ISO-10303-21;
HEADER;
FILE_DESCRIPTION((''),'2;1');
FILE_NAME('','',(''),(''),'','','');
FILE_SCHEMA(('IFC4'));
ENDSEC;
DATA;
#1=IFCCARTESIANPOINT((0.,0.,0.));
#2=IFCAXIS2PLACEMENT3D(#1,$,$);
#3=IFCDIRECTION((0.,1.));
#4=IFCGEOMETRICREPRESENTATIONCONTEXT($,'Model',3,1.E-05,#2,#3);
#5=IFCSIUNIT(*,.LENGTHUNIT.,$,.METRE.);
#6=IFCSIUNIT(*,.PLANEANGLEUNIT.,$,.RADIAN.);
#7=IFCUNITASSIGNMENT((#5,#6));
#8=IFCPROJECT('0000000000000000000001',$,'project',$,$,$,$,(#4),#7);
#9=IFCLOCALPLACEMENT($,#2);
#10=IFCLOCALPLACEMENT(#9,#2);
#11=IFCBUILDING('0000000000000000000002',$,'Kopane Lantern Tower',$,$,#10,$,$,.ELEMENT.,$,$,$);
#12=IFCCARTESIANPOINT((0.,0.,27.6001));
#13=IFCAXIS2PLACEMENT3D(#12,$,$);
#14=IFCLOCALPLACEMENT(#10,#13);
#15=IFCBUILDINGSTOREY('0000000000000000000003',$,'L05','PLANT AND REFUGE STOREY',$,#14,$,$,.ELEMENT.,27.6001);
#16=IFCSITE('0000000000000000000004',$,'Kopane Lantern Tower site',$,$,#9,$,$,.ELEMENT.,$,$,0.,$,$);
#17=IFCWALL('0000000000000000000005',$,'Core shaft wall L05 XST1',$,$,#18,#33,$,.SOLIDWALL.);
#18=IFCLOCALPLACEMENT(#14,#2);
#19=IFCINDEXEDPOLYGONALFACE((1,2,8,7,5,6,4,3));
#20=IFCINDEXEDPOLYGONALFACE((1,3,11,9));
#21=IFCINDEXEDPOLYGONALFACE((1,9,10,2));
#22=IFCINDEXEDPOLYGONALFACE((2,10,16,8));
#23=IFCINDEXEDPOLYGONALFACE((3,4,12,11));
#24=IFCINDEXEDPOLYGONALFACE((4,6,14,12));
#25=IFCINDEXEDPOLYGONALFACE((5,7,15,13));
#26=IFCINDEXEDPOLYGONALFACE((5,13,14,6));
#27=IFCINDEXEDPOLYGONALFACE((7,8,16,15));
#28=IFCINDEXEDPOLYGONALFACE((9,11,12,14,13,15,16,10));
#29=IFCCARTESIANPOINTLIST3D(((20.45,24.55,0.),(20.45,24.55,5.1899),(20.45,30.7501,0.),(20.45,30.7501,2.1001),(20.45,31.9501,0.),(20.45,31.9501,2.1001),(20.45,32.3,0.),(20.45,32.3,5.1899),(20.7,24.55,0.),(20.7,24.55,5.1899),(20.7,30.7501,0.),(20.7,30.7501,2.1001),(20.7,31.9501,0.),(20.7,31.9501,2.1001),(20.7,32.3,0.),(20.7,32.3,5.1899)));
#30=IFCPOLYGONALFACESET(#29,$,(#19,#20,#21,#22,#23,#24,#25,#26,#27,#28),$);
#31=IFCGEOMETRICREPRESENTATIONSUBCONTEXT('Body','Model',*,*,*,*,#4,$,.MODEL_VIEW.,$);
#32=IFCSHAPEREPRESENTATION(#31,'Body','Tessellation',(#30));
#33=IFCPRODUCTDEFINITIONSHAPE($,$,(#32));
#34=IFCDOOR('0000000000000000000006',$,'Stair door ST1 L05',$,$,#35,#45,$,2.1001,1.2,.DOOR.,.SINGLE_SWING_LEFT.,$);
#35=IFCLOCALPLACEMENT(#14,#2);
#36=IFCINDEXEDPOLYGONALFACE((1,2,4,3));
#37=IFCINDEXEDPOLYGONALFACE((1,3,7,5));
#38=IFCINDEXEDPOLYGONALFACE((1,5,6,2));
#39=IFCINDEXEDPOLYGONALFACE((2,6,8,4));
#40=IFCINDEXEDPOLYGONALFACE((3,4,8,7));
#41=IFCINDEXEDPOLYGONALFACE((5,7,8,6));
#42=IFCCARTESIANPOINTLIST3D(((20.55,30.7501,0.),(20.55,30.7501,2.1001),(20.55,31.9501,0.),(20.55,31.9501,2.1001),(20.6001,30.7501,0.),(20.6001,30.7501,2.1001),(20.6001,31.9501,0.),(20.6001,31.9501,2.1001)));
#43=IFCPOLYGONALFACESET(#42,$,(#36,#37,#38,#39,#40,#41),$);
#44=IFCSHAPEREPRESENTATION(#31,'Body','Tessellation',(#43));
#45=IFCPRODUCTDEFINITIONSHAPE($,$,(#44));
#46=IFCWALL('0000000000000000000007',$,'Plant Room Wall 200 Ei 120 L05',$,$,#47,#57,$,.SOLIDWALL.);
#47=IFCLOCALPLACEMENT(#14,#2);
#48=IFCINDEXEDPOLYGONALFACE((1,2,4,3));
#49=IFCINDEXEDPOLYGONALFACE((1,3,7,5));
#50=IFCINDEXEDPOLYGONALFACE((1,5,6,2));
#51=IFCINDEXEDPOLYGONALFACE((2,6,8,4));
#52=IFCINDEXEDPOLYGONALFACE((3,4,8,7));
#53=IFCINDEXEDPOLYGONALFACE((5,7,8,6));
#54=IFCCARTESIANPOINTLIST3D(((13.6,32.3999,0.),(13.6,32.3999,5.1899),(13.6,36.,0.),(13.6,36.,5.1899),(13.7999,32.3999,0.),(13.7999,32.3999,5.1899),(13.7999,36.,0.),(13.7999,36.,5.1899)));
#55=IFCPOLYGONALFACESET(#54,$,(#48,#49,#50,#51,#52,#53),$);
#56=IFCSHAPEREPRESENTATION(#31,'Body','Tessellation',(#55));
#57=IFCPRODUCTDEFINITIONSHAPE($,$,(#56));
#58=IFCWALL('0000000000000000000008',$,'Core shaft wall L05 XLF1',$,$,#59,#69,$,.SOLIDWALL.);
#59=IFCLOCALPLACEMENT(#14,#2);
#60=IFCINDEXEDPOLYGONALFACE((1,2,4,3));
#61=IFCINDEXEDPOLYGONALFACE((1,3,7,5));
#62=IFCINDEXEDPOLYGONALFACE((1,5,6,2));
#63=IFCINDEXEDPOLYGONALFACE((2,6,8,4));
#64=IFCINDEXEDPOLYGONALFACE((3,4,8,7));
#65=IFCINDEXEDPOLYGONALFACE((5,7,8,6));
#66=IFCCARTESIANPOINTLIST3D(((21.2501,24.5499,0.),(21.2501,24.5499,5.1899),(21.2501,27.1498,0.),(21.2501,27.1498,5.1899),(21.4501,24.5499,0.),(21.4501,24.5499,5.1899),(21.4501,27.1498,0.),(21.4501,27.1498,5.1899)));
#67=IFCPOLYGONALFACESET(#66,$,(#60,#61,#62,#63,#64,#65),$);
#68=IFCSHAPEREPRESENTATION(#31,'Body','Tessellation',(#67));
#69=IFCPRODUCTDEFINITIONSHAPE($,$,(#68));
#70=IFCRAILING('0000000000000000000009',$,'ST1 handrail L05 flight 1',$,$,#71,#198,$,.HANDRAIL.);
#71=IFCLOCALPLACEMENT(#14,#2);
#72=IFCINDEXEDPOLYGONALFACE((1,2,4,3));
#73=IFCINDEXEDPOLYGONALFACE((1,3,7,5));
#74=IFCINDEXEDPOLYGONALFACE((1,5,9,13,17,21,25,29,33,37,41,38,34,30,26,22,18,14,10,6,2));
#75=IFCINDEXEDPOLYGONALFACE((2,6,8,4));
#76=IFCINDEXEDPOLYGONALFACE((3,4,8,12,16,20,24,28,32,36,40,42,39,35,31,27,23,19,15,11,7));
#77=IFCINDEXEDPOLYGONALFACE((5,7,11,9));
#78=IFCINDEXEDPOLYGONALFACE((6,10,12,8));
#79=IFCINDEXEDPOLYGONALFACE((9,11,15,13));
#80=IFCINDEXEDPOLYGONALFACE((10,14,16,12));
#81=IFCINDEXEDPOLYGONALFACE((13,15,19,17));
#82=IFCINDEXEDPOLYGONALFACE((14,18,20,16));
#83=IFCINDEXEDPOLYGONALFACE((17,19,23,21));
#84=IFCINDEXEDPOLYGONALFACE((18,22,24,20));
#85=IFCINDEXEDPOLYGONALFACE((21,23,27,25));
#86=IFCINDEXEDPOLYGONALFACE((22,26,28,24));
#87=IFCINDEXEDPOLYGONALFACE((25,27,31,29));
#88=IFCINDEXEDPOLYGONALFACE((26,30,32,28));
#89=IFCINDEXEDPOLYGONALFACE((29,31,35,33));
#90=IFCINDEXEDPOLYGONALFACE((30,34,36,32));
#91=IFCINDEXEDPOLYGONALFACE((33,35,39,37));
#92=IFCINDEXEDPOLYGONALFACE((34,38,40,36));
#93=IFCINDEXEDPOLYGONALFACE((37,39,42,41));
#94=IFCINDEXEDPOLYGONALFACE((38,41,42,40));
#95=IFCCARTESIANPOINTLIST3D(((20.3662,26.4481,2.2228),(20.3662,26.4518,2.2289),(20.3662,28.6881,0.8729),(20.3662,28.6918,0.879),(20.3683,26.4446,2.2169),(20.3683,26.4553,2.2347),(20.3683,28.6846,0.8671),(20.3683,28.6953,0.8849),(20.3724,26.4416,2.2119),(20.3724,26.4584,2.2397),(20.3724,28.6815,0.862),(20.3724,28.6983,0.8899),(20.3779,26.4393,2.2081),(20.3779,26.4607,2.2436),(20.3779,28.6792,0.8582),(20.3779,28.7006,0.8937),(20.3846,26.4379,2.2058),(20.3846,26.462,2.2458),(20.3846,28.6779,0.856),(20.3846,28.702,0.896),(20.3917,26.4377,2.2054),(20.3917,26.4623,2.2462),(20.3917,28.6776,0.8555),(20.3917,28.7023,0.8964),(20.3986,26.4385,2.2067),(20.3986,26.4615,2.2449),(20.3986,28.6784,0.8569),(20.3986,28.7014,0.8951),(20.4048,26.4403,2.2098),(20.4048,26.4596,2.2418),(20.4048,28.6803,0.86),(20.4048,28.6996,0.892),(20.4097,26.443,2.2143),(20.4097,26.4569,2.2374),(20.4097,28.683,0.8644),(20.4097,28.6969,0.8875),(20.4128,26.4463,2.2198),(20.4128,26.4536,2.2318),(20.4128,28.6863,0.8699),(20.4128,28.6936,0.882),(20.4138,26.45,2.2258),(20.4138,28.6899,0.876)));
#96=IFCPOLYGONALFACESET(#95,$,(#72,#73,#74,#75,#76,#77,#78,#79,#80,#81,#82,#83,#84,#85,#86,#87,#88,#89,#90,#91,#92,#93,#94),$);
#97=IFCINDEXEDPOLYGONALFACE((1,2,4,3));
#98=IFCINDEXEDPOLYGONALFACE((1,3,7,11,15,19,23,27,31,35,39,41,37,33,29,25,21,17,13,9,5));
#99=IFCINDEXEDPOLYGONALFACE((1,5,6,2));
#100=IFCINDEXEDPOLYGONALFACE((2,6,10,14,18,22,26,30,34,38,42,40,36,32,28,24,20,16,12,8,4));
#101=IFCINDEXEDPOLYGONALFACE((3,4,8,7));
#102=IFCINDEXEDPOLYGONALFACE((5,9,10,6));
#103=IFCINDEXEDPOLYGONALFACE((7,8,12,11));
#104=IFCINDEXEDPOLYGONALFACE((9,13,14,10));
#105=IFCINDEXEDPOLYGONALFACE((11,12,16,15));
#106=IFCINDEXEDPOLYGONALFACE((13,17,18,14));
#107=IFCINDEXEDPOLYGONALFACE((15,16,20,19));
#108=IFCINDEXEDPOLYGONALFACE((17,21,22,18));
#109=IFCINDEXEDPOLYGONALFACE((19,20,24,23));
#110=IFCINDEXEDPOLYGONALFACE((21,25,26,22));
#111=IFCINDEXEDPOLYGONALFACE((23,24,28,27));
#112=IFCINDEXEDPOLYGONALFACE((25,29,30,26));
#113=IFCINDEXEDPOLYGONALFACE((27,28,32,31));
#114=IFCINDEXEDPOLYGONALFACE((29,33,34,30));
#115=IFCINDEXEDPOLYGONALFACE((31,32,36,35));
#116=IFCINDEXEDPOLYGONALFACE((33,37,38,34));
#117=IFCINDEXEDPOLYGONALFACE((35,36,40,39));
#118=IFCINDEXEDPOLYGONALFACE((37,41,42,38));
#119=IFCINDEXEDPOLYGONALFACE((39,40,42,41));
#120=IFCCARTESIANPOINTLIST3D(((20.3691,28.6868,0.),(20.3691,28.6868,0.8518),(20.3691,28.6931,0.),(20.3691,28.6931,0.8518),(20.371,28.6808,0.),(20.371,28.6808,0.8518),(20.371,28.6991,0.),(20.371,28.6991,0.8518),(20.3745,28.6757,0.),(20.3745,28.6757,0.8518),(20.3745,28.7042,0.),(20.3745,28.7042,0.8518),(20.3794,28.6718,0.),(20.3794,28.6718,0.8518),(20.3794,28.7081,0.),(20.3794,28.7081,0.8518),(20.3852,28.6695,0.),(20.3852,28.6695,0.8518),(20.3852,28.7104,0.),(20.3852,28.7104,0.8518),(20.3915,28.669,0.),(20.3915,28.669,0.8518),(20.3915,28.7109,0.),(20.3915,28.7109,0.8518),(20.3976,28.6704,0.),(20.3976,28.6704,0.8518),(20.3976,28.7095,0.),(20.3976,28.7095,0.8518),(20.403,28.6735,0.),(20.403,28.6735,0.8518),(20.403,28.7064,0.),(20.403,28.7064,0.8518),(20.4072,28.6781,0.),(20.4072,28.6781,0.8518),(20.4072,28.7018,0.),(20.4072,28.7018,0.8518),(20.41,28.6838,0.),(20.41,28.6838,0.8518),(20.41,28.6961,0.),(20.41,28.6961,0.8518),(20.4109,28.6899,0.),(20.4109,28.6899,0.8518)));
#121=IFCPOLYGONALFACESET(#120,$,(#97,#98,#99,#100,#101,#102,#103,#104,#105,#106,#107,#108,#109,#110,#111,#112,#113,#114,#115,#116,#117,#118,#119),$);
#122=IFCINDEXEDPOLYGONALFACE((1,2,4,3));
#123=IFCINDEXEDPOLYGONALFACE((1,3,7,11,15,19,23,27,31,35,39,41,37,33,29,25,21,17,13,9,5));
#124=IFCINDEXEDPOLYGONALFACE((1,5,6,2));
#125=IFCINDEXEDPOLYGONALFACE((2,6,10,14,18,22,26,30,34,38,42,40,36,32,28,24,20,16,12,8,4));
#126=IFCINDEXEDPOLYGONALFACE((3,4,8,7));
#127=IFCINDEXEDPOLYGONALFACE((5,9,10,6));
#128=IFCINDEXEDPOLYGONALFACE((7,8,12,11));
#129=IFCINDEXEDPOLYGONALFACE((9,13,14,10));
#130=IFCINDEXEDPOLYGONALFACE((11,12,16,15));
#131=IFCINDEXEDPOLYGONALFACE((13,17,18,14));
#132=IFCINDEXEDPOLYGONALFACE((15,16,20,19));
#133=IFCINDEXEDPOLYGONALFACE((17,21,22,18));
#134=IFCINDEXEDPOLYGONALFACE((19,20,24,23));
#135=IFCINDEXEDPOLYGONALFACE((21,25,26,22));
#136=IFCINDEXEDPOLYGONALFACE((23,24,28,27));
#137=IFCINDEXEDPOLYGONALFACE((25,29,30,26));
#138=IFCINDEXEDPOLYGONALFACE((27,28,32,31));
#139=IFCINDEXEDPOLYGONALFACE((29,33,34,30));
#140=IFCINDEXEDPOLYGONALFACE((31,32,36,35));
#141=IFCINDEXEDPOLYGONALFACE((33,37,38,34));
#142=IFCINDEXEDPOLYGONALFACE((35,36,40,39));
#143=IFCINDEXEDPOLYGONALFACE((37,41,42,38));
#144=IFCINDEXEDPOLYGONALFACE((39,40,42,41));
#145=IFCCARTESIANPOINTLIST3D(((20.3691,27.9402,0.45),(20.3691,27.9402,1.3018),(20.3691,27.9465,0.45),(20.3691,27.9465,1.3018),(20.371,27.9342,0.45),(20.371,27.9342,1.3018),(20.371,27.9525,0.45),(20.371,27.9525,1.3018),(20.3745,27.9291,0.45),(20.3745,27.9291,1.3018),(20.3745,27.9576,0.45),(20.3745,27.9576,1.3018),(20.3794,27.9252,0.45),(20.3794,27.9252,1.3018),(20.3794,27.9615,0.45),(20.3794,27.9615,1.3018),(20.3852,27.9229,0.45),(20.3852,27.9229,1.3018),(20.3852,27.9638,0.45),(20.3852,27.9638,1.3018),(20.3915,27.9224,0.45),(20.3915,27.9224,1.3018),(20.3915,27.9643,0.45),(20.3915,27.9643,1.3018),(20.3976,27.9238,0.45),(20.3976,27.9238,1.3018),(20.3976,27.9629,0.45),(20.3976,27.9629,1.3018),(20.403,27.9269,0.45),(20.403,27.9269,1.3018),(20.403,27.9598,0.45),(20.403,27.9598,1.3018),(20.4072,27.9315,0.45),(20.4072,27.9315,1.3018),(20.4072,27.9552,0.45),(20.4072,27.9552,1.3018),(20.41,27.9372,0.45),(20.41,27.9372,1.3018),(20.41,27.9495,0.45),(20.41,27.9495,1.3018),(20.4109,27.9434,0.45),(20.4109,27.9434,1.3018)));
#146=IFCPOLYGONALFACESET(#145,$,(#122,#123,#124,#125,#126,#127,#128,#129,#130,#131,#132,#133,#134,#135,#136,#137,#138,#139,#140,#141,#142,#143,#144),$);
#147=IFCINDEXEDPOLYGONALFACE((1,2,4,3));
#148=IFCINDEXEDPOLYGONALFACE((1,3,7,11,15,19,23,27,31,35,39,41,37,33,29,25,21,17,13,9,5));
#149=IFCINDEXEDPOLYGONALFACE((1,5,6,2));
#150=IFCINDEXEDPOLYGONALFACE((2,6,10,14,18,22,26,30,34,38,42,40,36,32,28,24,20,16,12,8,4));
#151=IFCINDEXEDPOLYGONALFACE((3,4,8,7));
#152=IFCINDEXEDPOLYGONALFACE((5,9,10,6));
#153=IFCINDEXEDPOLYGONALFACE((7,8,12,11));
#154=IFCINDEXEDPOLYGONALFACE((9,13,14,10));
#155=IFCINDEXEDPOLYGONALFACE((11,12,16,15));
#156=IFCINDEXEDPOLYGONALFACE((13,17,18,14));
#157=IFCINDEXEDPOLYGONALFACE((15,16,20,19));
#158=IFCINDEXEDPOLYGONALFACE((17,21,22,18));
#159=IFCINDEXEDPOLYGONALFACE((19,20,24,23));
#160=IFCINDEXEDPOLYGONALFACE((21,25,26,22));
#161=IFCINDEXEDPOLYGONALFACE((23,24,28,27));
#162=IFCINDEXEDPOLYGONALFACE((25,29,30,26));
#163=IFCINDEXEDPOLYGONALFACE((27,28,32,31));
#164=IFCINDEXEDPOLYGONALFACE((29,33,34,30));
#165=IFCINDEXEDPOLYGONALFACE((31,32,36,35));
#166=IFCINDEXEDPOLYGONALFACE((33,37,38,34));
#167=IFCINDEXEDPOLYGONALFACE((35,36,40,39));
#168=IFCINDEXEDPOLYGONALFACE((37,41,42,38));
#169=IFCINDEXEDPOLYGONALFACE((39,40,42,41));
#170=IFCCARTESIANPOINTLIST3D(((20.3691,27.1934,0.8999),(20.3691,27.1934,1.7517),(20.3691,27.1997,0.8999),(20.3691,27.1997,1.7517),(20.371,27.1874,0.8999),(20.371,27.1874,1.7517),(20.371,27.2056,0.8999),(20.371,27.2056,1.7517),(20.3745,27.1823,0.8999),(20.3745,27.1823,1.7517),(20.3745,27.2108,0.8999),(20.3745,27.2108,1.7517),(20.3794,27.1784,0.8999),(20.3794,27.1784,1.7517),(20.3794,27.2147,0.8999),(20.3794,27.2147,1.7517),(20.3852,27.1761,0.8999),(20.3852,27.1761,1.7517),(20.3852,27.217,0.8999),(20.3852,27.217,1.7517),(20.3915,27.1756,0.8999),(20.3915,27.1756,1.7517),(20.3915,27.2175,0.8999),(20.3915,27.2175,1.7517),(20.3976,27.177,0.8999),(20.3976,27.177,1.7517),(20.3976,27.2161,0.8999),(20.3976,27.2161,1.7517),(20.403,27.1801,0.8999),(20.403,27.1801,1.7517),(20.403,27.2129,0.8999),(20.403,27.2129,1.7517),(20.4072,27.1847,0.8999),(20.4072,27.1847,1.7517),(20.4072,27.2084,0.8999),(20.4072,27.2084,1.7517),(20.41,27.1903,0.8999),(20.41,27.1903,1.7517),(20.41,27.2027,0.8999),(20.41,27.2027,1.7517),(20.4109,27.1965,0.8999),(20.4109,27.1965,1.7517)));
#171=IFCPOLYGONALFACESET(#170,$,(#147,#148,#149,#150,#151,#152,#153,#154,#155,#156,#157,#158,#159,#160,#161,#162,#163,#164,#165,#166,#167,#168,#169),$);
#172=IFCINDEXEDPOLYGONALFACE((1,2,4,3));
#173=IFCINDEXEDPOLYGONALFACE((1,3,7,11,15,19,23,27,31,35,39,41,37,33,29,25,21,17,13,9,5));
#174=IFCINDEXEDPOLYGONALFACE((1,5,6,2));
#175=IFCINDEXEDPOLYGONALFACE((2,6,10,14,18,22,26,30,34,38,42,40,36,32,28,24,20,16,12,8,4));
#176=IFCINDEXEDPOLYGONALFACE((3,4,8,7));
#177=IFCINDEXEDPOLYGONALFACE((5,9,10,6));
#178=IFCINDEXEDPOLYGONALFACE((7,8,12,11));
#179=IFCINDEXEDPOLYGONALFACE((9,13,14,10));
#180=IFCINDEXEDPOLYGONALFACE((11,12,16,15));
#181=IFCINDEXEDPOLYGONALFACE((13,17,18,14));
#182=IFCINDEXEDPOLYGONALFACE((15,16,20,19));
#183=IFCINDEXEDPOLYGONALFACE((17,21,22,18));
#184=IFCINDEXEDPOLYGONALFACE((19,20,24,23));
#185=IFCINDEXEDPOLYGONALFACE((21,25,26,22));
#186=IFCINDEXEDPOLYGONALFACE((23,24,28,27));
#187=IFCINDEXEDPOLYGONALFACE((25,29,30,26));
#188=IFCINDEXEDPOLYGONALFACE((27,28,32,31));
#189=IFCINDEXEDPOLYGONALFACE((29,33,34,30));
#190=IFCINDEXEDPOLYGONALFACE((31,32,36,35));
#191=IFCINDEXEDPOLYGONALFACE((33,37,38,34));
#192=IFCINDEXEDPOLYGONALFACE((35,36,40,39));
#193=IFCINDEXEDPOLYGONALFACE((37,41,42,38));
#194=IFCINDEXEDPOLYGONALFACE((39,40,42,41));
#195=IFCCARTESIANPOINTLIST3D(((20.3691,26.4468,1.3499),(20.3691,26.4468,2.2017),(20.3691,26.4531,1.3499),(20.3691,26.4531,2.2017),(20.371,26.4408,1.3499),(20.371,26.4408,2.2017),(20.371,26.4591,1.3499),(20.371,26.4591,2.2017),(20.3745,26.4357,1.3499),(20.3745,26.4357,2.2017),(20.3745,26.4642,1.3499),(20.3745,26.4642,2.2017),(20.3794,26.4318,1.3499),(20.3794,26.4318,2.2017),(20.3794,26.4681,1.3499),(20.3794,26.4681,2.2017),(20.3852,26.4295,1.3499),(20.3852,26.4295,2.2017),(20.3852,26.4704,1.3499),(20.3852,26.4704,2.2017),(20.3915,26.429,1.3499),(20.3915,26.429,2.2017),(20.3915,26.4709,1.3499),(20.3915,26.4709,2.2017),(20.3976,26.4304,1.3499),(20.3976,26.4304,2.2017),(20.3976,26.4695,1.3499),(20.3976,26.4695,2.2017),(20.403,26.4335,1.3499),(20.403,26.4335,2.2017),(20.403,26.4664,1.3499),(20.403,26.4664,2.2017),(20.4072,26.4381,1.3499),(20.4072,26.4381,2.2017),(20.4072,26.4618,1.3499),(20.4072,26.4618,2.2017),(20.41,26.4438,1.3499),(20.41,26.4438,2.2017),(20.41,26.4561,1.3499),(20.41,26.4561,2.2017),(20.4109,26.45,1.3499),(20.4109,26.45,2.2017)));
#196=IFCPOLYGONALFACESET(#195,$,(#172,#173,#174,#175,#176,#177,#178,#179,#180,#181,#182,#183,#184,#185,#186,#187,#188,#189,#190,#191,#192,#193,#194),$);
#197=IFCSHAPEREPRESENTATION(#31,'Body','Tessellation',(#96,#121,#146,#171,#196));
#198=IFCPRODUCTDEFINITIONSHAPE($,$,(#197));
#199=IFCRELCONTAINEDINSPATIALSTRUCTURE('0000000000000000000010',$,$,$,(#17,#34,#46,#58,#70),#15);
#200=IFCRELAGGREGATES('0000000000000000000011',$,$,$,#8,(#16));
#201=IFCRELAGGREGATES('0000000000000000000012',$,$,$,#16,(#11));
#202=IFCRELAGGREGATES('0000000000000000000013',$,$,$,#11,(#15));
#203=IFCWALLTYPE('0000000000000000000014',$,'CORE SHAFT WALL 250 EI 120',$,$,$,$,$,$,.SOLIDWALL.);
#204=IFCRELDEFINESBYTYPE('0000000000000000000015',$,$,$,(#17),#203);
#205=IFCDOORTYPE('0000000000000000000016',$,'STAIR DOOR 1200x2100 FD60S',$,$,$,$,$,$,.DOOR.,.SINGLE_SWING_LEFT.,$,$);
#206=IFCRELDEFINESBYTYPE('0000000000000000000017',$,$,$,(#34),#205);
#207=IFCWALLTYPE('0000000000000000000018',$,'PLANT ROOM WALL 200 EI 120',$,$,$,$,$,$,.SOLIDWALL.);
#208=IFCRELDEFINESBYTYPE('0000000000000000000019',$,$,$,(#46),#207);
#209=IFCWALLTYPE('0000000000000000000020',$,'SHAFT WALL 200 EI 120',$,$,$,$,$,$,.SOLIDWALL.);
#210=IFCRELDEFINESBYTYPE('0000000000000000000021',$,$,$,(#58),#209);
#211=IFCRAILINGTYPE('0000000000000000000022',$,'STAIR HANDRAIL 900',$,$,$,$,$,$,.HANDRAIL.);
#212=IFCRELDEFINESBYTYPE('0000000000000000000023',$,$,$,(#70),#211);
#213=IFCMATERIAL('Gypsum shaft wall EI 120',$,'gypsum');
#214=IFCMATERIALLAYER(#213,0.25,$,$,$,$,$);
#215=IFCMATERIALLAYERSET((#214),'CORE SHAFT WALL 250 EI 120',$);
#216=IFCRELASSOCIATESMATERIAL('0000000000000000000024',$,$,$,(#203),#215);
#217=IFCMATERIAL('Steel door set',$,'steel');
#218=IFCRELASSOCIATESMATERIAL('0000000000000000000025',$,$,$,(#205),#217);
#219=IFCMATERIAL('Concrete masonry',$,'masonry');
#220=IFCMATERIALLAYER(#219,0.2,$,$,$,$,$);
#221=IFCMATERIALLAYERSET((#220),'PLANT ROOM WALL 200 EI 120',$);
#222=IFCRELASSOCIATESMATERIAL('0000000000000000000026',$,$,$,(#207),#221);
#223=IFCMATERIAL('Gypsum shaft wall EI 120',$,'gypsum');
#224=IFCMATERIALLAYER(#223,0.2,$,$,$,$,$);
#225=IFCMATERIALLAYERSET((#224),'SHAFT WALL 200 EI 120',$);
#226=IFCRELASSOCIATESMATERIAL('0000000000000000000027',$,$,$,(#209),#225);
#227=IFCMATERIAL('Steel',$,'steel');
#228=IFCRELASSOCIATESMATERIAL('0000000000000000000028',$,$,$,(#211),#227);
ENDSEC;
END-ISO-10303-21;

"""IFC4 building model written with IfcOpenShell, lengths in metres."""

from ifc_helpers import new_model, si_unit, direction, frame, frame_2d, origin, origin_2d, place, context, subcontext, project, spatial, rectangle, circle, extrude, material, layer, layer_set, type_object, element, fill, save


model = new_model("IFC4")

# Units and contexts
model_context = context("Model", 3, precision=1e-05, world=origin(), true_north=direction((0.0, 1.0)))
body_context = subcontext(model_context, "Body", "Model", "MODEL_VIEW")
ifc_project = project(units=[si_unit("LENGTHUNIT", "METRE"), si_unit("PLANEANGLEUNIT", "RADIAN")], contexts=[model_context])

# Site, building, storey
site_placement = place(None, origin())
site = spatial("IfcSite", under=ifc_project, at=site_placement, Name="Kopane Lantern Tower site", CompositionType="ELEMENT", RefElevation=0.0)
building_placement = place(site_placement, origin())
building = spatial("IfcBuilding", under=site, at=building_placement, Name="Kopane Lantern Tower", CompositionType="ELEMENT")
storey_placement = place(building_placement, frame((0.0, 0.0, 27.6001)))
storey = spatial("IfcBuildingStorey", under=building, at=storey_placement, Name="L05", Description="PLANT AND REFUGE STOREY", CompositionType="ELEMENT", Elevation=27.6001)

# Wall, opening, door
ifc_material_1 = material(Name="Gypsum shaft wall EI 120", Category="gypsum")
ifc_layer_1 = layer(ifc_material_1, 0.25)
ifc_layer_set_1 = layer_set([ifc_layer_1], Name="CORE SHAFT WALL 250 EI 120")
wall_type_1 = type_object("IfcWallType", Name="CORE SHAFT WALL 250 EI 120", PredefinedType="SOLIDWALL", material=ifc_layer_set_1)
wall_1_placement = place(storey_placement, frame((20.575, 24.55, 0.0), z_axis=(0.0, 0.0, 1.0), x_axis=(0.0, 1.0, 0.0)))
wall_1 = element("IfcWall", 1, at=wall_1_placement, inside=storey, type_object=wall_type_1, Name="Core shaft wall L05 XST1", PredefinedType="SOLIDWALL", context=body_context, shape_type="SweptSolid", body=[
    extrude(rectangle(XDim=7.75, YDim=0.25, at=frame_2d((3.875, 0.0))), origin(), (0.0, 0.0, 1.0), 5.1899),
])
opening_1_placement = place(wall_1_placement, frame((6.2, 0.0, 0.0)))
opening_1 = element("IfcOpeningElement", 2, at=opening_1_placement, cuts=wall_1, PredefinedType="OPENING", context=body_context, shape_type="SweptSolid", body=[
    extrude(rectangle(XDim=1.2, YDim=2.1001, at=frame_2d((0.6001, 1.05))), frame((0.0, 0.135, 0.0), z_axis=(0.0, -1.0, 0.0), x_axis=(1.0, 0.0, 0.0)), (0.0, 0.0, 1.0), 0.27),
])
ifc_material_2 = material(Name="Steel door set", Category="steel")
door_type_1 = type_object("IfcDoorType", Name="STAIR DOOR 1200x2100 FD60S", OperationType="SINGLE_SWING_LEFT", PredefinedType="DOOR", material=ifc_material_2)
door_1_placement = place(opening_1_placement, origin())
door_1 = element("IfcDoor", 3, at=door_1_placement, inside=storey, type_object=door_type_1, Name="Stair door ST1 L05", OperationType="SINGLE_SWING_LEFT", OverallHeight=2.1001, OverallWidth=1.2, PredefinedType="DOOR", context=body_context, shape_type="SweptSolid", body=[
    extrude(rectangle(XDim=1.2, YDim=2.1001, at=frame_2d((0.6001, 1.05))), frame((0.0, 0.0249, 0.0), z_axis=(0.0, -1.0, 0.0), x_axis=(1.0, 0.0, 0.0)), (0.0, 0.0, 1.0), 0.05),
])
fill(opening_1, door_1)

# Walls
ifc_material_3 = material(Name="Concrete masonry", Category="masonry")
ifc_layer_2 = layer(ifc_material_3, 0.2)
ifc_layer_set_2 = layer_set([ifc_layer_2], Name="PLANT ROOM WALL 200 EI 120")
wall_type_2 = type_object("IfcWallType", Name="PLANT ROOM WALL 200 EI 120", PredefinedType="SOLIDWALL", material=ifc_layer_set_2)
wall_2_placement = place(storey_placement, frame((13.7, 32.3999, 0.0), z_axis=(0.0, 0.0, 1.0), x_axis=(0.0, 1.0, 0.0)))
element("IfcWall", 4, at=wall_2_placement, inside=storey, type_object=wall_type_2, Name="Plant Room Wall 200 Ei 120 L05", PredefinedType="SOLIDWALL", context=body_context, shape_type="SweptSolid", body=[
    extrude(rectangle(XDim=3.6001, YDim=0.2, at=frame_2d((1.8, 0.0))), origin(), (0.0, 0.0, 1.0), 5.1899),
])
ifc_material_4 = material(Name="Gypsum shaft wall EI 120", Category="gypsum")
ifc_layer_3 = layer(ifc_material_4, 0.2)
ifc_layer_set_3 = layer_set([ifc_layer_3], Name="SHAFT WALL 200 EI 120")
wall_type_3 = type_object("IfcWallType", Name="SHAFT WALL 200 EI 120", PredefinedType="SOLIDWALL", material=ifc_layer_set_3)
wall_3_placement = place(storey_placement, frame((21.3501, 24.55, 0.0), z_axis=(0.0, 0.0, 1.0), x_axis=(0.0, 1.0, 0.0)))
element("IfcWall", 5, at=wall_3_placement, inside=storey, type_object=wall_type_3, Name="Core shaft wall L05 XLF1", PredefinedType="SOLIDWALL", context=body_context, shape_type="SweptSolid", body=[
    extrude(rectangle(XDim=2.5999, YDim=0.2, at=frame_2d((1.2998, 0.0))), origin(), (0.0, 0.0, 1.0), 5.1899),
])

# Railing
ifc_material_5 = material(Name="Steel", Category="steel")
railing_type_1 = type_object("IfcRailingType", Name="STAIR HANDRAIL 900", PredefinedType="HANDRAIL", material=ifc_material_5)
for number, where, name in (
    (6, (20.3899, 28.6899, 0.0), "ST1 handrail L05 flight 1"),
):
    element("IfcRailing", number, at=place(storey_placement, frame(where)), inside=storey, type_object=railing_type_1, Name=name, PredefinedType="HANDRAIL", context=body_context, shape_type="SweptSolid", body=[
        extrude(circle(Radius=0.0239, at=origin_2d()), frame((0.0, 0.0, 0.876), z_axis=(0.0, -0.856503, 0.516142), x_axis=(1.0, 0.0, 0.0)), (0.0, 0.0, 1.0), 2.6152),
        extrude(circle(Radius=0.021, at=origin_2d()), origin(), (0.0, 0.0, 1.0), 0.8518),
        extrude(circle(Radius=0.021, at=origin_2d()), frame((0.0, -0.7466, 0.45)), (0.0, 0.0, 1.0), 0.8518),
        extrude(circle(Radius=0.021, at=origin_2d()), frame((0.0, -1.4934, 0.8999)), (0.0, 0.0, 1.0), 0.8518),
        extrude(circle(Radius=0.021, at=origin_2d()), frame((0.0, -2.24, 1.3499)), (0.0, 0.0, 1.0), 0.8518),
    ])

save(model, "model.ifc")
